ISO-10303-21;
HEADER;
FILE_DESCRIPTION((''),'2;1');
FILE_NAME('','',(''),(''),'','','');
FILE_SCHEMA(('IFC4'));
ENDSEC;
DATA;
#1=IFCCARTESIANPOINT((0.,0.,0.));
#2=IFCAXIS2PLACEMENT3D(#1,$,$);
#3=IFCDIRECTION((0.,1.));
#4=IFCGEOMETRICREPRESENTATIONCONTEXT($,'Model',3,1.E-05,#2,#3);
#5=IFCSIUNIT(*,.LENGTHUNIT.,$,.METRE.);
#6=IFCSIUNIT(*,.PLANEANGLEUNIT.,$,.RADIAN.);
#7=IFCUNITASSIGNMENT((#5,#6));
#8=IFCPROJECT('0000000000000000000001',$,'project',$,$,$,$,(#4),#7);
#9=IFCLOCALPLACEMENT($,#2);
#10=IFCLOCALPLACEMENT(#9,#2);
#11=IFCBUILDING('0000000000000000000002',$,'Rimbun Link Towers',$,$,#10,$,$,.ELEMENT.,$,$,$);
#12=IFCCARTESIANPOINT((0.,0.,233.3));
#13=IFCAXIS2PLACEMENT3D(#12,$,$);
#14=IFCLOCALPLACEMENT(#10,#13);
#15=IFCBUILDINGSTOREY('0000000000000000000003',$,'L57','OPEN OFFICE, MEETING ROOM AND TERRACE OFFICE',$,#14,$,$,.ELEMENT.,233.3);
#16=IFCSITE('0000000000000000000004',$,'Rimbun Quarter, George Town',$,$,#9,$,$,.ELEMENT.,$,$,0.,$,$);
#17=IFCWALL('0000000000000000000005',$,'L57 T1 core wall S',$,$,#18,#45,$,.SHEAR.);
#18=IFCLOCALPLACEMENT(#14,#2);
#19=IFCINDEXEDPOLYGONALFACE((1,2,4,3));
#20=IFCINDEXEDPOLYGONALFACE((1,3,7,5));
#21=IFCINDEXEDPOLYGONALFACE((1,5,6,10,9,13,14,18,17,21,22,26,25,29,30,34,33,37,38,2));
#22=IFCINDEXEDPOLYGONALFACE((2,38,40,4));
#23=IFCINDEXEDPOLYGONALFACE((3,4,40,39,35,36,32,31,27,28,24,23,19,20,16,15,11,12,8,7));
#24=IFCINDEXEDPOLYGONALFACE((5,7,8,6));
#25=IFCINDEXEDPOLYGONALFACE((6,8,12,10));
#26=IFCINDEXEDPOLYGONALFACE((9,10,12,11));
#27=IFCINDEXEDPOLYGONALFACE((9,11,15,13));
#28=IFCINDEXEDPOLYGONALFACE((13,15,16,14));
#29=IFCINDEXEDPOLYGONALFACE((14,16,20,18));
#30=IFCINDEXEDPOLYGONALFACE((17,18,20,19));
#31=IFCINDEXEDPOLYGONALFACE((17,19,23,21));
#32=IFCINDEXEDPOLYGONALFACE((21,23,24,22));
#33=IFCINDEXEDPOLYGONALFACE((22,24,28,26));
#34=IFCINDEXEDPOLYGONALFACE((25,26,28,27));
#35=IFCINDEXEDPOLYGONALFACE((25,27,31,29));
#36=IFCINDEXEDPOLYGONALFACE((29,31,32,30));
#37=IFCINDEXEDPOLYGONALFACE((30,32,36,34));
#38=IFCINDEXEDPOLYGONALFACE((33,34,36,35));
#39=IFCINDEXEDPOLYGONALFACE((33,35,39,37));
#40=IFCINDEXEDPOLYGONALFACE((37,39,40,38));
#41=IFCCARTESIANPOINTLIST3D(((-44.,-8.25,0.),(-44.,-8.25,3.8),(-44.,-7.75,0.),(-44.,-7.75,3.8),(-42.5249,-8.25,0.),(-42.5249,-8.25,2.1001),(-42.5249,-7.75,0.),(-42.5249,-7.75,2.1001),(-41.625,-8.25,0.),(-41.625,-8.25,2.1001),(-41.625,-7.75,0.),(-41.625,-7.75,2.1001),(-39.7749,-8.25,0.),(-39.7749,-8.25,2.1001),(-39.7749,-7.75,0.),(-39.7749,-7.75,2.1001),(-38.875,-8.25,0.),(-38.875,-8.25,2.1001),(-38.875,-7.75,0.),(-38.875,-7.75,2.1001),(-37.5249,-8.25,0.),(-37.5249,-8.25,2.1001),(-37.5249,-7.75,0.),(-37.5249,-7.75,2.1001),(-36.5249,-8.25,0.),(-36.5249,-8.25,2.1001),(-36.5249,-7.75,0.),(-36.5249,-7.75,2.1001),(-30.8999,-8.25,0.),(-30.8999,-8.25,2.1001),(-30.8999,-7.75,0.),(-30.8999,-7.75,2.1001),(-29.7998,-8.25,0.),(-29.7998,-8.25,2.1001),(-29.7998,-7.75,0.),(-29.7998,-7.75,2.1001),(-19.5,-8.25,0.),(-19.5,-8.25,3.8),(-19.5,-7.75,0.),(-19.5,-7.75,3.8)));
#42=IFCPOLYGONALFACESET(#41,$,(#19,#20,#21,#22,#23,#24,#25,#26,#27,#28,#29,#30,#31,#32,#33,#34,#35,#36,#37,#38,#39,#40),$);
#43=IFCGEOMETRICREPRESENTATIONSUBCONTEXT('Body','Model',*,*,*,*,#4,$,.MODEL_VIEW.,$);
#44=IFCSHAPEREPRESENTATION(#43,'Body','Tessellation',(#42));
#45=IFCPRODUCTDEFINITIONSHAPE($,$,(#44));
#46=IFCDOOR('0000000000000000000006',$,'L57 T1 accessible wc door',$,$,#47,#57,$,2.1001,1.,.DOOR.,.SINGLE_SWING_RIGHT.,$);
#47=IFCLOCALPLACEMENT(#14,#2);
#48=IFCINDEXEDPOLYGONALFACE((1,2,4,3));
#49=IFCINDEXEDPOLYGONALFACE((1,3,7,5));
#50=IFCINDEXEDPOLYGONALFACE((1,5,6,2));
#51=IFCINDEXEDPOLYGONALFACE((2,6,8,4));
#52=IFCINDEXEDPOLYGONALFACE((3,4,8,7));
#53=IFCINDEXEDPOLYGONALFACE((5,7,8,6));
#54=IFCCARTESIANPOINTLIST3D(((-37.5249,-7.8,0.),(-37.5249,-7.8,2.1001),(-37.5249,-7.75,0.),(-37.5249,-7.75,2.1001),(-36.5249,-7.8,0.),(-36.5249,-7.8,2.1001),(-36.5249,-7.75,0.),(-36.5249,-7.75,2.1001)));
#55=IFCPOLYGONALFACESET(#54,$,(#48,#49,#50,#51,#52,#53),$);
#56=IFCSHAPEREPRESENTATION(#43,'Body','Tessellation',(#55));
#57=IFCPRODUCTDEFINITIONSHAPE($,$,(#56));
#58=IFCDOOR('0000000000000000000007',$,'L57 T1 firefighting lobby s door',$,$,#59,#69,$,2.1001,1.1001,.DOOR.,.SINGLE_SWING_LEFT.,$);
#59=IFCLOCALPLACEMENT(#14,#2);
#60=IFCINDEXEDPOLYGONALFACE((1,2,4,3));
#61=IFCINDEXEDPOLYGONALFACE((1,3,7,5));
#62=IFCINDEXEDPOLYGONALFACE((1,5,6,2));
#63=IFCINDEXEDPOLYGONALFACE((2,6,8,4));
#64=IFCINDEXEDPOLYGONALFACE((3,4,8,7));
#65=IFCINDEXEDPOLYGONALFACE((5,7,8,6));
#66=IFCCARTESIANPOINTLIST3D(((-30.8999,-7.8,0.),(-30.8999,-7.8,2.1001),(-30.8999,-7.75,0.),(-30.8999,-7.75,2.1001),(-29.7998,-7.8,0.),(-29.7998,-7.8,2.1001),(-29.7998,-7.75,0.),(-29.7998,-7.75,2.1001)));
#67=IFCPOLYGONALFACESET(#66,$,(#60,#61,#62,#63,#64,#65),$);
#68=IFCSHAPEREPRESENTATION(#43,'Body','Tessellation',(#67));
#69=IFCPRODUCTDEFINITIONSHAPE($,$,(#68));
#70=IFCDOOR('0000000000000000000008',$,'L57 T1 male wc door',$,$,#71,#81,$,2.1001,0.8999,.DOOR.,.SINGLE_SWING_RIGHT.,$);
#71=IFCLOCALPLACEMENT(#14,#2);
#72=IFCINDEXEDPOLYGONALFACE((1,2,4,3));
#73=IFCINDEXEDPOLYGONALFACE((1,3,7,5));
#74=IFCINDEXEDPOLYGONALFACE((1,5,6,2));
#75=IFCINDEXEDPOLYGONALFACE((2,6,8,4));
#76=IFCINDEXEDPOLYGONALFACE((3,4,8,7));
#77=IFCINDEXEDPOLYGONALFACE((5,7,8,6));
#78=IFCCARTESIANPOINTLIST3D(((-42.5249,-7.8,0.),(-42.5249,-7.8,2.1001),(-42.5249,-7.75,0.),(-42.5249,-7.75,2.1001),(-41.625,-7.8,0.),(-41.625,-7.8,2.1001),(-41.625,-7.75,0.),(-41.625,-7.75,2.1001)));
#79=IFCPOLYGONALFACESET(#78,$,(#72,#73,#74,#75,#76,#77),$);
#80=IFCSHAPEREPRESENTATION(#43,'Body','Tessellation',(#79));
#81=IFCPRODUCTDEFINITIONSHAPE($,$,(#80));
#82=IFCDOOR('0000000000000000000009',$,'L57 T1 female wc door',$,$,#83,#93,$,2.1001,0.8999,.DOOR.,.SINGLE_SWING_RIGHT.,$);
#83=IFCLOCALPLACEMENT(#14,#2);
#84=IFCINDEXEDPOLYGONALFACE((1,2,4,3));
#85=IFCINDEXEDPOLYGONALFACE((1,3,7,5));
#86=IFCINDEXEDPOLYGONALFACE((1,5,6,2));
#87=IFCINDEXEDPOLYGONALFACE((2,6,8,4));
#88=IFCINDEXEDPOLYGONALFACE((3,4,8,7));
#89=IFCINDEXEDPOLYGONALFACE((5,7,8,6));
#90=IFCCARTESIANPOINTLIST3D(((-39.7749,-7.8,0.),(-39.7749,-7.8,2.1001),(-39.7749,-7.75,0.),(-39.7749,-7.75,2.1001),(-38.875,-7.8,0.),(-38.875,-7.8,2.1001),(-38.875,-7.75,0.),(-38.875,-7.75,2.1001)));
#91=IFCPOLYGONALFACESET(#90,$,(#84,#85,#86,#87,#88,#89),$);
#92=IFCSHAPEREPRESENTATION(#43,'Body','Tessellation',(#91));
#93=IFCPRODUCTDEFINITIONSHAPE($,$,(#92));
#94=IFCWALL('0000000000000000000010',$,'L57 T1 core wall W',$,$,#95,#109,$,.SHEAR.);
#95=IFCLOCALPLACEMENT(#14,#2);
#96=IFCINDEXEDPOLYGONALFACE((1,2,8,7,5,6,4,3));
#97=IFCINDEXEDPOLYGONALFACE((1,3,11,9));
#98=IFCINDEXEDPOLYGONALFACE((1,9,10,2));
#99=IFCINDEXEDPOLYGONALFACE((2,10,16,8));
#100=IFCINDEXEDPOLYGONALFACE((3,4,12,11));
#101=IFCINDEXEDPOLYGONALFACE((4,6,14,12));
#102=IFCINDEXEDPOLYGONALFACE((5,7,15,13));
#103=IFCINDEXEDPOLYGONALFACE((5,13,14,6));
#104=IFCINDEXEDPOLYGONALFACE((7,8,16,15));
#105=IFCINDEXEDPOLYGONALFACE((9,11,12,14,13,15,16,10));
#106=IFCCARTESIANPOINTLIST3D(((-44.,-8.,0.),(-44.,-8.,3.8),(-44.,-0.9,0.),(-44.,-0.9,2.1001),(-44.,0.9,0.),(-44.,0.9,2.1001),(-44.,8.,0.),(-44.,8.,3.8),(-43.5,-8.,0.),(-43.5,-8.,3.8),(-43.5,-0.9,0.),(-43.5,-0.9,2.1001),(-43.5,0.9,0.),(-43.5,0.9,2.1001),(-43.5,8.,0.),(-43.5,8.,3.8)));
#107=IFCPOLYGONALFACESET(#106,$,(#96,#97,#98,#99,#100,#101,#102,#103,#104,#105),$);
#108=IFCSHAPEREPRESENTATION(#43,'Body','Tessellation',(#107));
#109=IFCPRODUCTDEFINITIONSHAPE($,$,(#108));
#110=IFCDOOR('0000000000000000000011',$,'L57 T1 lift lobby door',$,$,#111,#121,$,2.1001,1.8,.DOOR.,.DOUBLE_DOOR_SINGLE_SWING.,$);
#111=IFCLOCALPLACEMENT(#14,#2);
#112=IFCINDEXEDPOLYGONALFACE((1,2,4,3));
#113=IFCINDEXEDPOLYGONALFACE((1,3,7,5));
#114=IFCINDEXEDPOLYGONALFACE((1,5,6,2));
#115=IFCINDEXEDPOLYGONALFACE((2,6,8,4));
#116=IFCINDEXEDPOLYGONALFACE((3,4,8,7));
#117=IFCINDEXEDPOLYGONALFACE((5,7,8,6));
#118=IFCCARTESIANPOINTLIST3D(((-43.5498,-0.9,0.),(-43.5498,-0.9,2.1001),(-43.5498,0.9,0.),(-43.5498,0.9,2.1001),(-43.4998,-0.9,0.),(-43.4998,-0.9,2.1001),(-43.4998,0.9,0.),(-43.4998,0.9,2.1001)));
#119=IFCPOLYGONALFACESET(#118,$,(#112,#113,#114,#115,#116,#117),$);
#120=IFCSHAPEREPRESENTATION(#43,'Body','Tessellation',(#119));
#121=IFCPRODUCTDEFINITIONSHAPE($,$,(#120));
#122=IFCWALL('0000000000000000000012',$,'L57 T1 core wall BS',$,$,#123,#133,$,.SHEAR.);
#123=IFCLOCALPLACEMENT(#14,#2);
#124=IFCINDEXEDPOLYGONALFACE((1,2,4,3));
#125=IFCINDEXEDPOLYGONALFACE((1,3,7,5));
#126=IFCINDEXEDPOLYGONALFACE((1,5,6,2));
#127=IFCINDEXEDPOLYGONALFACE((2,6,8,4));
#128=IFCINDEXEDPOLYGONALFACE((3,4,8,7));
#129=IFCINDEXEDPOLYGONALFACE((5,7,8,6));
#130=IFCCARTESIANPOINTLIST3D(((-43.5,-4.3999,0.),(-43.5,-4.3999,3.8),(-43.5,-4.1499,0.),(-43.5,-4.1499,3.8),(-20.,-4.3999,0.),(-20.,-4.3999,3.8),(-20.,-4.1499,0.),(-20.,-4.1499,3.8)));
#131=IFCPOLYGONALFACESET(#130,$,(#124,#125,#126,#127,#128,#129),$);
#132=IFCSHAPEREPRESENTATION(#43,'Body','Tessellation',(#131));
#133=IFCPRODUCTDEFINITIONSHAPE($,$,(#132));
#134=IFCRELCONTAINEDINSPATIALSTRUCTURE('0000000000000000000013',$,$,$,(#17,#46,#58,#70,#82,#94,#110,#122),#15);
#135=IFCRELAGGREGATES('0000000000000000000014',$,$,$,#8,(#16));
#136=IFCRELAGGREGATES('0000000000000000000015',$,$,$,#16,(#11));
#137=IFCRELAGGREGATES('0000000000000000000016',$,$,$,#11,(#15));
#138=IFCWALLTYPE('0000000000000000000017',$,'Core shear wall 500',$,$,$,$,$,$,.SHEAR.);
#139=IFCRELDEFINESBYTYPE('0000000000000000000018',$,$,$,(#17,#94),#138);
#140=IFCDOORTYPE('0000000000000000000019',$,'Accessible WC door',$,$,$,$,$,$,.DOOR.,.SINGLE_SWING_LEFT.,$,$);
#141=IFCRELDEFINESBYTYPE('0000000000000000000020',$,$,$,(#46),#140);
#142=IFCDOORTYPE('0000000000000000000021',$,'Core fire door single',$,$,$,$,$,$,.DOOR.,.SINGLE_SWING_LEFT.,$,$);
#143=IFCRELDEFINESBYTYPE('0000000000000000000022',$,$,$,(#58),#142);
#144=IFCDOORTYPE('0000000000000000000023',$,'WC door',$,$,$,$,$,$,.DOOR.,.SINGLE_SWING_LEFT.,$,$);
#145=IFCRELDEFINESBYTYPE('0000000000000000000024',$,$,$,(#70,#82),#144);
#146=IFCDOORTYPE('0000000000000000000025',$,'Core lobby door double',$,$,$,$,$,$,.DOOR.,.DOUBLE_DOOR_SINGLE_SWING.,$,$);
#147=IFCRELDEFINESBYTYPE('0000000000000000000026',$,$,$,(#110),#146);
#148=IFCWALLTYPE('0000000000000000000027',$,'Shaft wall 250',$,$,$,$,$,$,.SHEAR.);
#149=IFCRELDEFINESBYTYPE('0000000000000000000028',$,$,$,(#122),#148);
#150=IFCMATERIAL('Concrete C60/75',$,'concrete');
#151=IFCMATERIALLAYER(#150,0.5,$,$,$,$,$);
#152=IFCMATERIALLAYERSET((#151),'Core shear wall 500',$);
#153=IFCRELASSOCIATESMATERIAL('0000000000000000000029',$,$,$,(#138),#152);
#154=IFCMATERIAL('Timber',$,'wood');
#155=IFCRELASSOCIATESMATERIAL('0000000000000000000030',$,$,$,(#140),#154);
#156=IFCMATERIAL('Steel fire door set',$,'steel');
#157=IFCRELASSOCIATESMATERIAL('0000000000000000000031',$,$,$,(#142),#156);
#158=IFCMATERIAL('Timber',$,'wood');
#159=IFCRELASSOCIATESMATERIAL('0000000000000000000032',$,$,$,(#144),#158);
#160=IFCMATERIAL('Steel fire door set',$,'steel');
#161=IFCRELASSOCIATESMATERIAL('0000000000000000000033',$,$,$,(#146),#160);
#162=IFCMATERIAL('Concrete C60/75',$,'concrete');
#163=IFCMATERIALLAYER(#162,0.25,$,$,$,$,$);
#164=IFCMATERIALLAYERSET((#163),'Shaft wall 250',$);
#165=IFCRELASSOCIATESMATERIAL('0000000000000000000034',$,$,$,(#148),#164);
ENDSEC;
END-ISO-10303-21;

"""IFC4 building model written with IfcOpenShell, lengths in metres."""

from ifc_helpers import new_model, si_unit, direction, frame, frame_2d, origin, place, context, subcontext, project, spatial, rectangle, extrude, material, layer, layer_set, type_object, element, fill, save


model = new_model("IFC4")

# Units and contexts
model_context = context("Model", 3, precision=1e-05, world=origin(), true_north=direction((0.0, 1.0)))
body_context = subcontext(model_context, "Body", "Model", "MODEL_VIEW")
ifc_project = project(units=[si_unit("LENGTHUNIT", "METRE"), si_unit("PLANEANGLEUNIT", "RADIAN")], contexts=[model_context])

# Site, building, storey
site_placement = place(None, origin())
site = spatial("IfcSite", under=ifc_project, at=site_placement, Name="Rimbun Quarter, George Town", CompositionType="ELEMENT", RefElevation=0.0)
building_placement = place(site_placement, origin())
building = spatial("IfcBuilding", under=site, at=building_placement, Name="Rimbun Link Towers", CompositionType="ELEMENT")
storey_placement = place(building_placement, frame((0.0, 0.0, 233.3)))
storey = spatial("IfcBuildingStorey", under=building, at=storey_placement, Name="L57", Description="OPEN OFFICE, MEETING ROOM AND TERRACE OFFICE", CompositionType="ELEMENT", Elevation=233.3)

# Wall, openings, doors
ifc_material_1 = material(Name="Concrete C60/75", Category="concrete")
ifc_layer_1 = layer(ifc_material_1, 0.5)
ifc_layer_set_1 = layer_set([ifc_layer_1], Name="Core shear wall 500")
wall_type_1 = type_object("IfcWallType", Name="Core shear wall 500", PredefinedType="SHEAR", material=ifc_layer_set_1)
wall_1_placement = place(storey_placement, frame((-44.0, -8.0, 0.0), z_axis=(0.0, 0.0, 1.0), x_axis=(1.0, 0.0, 0.0)))
wall_1 = element("IfcWall", 1, at=wall_1_placement, inside=storey, type_object=wall_type_1, Name="L57 T1 core wall S", PredefinedType="SHEAR", context=body_context, shape_type="SweptSolid", body=[
    extrude(rectangle(XDim=24.5, YDim=0.5, at=frame_2d((12.25, 0.0))), origin(), (0.0, 0.0, 1.0), 3.8),
])
opening_1_placement = place(wall_1_placement, frame((13.1001, 0.0, 0.0)))
opening_1 = element("IfcOpeningElement", 2, at=opening_1_placement, cuts=wall_1, PredefinedType="OPENING", context=body_context, shape_type="SweptSolid", body=[
    extrude(rectangle(XDim=1.1001, YDim=2.1001, at=frame_2d((0.55, 1.05))), frame((0.0, 0.26, 0.0), z_axis=(0.0, -1.0, 0.0), x_axis=(1.0, 0.0, 0.0)), (0.0, 0.0, 1.0), 0.52),
])
opening_2_placement = place(wall_1_placement, frame((1.4751, 0.0, 0.0)))
opening_2 = element("IfcOpeningElement", 3, at=opening_2_placement, cuts=wall_1, PredefinedType="OPENING", context=body_context, shape_type="SweptSolid", body=[
    extrude(rectangle(XDim=0.8999, YDim=2.1001, at=frame_2d((0.45, 1.05))), frame((0.0, 0.26, 0.0), z_axis=(0.0, -1.0, 0.0), x_axis=(1.0, 0.0, 0.0)), (0.0, 0.0, 1.0), 0.52),
])
opening_3_placement = place(wall_1_placement, frame((4.2251, 0.0, 0.0)))
opening_3 = element("IfcOpeningElement", 4, at=opening_3_placement, cuts=wall_1, PredefinedType="OPENING", context=body_context, shape_type="SweptSolid", body=[
    extrude(rectangle(XDim=0.8999, YDim=2.1001, at=frame_2d((0.45, 1.05))), frame((0.0, 0.26, 0.0), z_axis=(0.0, -1.0, 0.0), x_axis=(1.0, 0.0, 0.0)), (0.0, 0.0, 1.0), 0.52),
])
opening_4_placement = place(wall_1_placement, frame((6.4751, 0.0, 0.0)))
opening_4 = element("IfcOpeningElement", 5, at=opening_4_placement, cuts=wall_1, PredefinedType="OPENING", context=body_context, shape_type="SweptSolid", body=[
    extrude(rectangle(XDim=1.0, YDim=2.1001, at=frame_2d((0.5, 1.05))), frame((0.0, 0.26, 0.0), z_axis=(0.0, -1.0, 0.0), x_axis=(1.0, 0.0, 0.0)), (0.0, 0.0, 1.0), 0.52),
])
ifc_material_2 = material(Name="Timber", Category="wood")
door_type_1 = type_object("IfcDoorType", Name="Accessible WC door", OperationType="SINGLE_SWING_LEFT", PredefinedType="DOOR", material=ifc_material_2)
door_1_placement = place(opening_4_placement, origin())
door_1 = element("IfcDoor", 6, at=door_1_placement, inside=storey, type_object=door_type_1, Name="L57 T1 accessible wc door", OperationType="SINGLE_SWING_RIGHT", OverallHeight=2.1001, OverallWidth=1.0, PredefinedType="DOOR", context=body_context, shape_type="SweptSolid", body=[
    extrude(rectangle(XDim=1.0, YDim=2.1001, at=frame_2d((0.5, 1.05))), frame((0.0, 0.25, 0.0), z_axis=(0.0, -1.0, 0.0), x_axis=(1.0, 0.0, 0.0)), (0.0, 0.0, 1.0), 0.05),
])
fill(opening_4, door_1)
ifc_material_3 = material(Name="Steel fire door set", Category="steel")
door_type_2 = type_object("IfcDoorType", Name="Core fire door single", OperationType="SINGLE_SWING_LEFT", PredefinedType="DOOR", material=ifc_material_3)
door_2_placement = place(opening_1_placement, origin())
door_2 = element("IfcDoor", 7, at=door_2_placement, inside=storey, type_object=door_type_2, Name="L57 T1 firefighting lobby s door", OperationType="SINGLE_SWING_LEFT", OverallHeight=2.1001, OverallWidth=1.1001, PredefinedType="DOOR", context=body_context, shape_type="SweptSolid", body=[
    extrude(rectangle(XDim=1.1001, YDim=2.1001, at=frame_2d((0.55, 1.05))), frame((0.0, 0.25, 0.0), z_axis=(0.0, -1.0, 0.0), x_axis=(1.0, 0.0, 0.0)), (0.0, 0.0, 1.0), 0.05),
])
fill(opening_1, door_2)
ifc_material_4 = material(Name="Timber", Category="wood")
door_type_3 = type_object("IfcDoorType", Name="WC door", OperationType="SINGLE_SWING_LEFT", PredefinedType="DOOR", material=ifc_material_4)
door_3_placement = place(opening_2_placement, origin())
door_3 = element("IfcDoor", 8, at=door_3_placement, inside=storey, type_object=door_type_3, Name="L57 T1 male wc door", OperationType="SINGLE_SWING_RIGHT", OverallHeight=2.1001, OverallWidth=0.8999, PredefinedType="DOOR", context=body_context, shape_type="SweptSolid", body=[
    extrude(rectangle(XDim=0.8999, YDim=2.1001, at=frame_2d((0.45, 1.05))), frame((0.0, 0.25, 0.0), z_axis=(0.0, -1.0, 0.0), x_axis=(1.0, 0.0, 0.0)), (0.0, 0.0, 1.0), 0.05),
])
fill(opening_2, door_3)
door_4_placement = place(opening_3_placement, origin())
door_4 = element("IfcDoor", 9, at=door_4_placement, inside=storey, type_object=door_type_3, Name="L57 T1 female wc door", OperationType="SINGLE_SWING_RIGHT", OverallHeight=2.1001, OverallWidth=0.8999, PredefinedType="DOOR", context=body_context, shape_type="SweptSolid", body=[
    extrude(rectangle(XDim=0.8999, YDim=2.1001, at=frame_2d((0.45, 1.05))), frame((0.0, 0.25, 0.0), z_axis=(0.0, -1.0, 0.0), x_axis=(1.0, 0.0, 0.0)), (0.0, 0.0, 1.0), 0.05),
])
fill(opening_3, door_4)

# Wall, opening, door
wall_2_placement = place(storey_placement, frame((-43.75, -8.0, 0.0), z_axis=(0.0, 0.0, 1.0), x_axis=(0.0, 1.0, 0.0)))
wall_2 = element("IfcWall", 10, at=wall_2_placement, inside=storey, type_object=wall_type_1, Name="L57 T1 core wall W", PredefinedType="SHEAR", context=body_context, shape_type="SweptSolid", body=[
    extrude(rectangle(XDim=16.0, YDim=0.5, at=frame_2d((8.0, 0.0))), origin(), (0.0, 0.0, 1.0), 3.8),
])
opening_5_placement = place(wall_2_placement, frame((7.1001, 0.0, 0.0)))
opening_5 = element("IfcOpeningElement", 11, at=opening_5_placement, cuts=wall_2, PredefinedType="OPENING", context=body_context, shape_type="SweptSolid", body=[
    extrude(rectangle(XDim=1.8, YDim=2.1001, at=frame_2d((0.8999, 1.05))), frame((0.0, 0.26, 0.0), z_axis=(0.0, -1.0, 0.0), x_axis=(1.0, 0.0, 0.0)), (0.0, 0.0, 1.0), 0.52),
])
ifc_material_5 = material(Name="Steel fire door set", Category="steel")
door_type_4 = type_object("IfcDoorType", Name="Core lobby door double", OperationType="DOUBLE_DOOR_SINGLE_SWING", PredefinedType="DOOR", material=ifc_material_5)
door_5_placement = place(opening_5_placement, origin())
door_5 = element("IfcDoor", 12, at=door_5_placement, inside=storey, type_object=door_type_4, Name="L57 T1 lift lobby door", OperationType="DOUBLE_DOOR_SINGLE_SWING", OverallHeight=2.1001, OverallWidth=1.8, PredefinedType="DOOR", context=body_context, shape_type="SweptSolid", body=[
    extrude(rectangle(XDim=1.8, YDim=2.1001, at=frame_2d((0.8999, 1.05))), frame((0.0, -0.2002, 0.0), z_axis=(0.0, -1.0, 0.0), x_axis=(1.0, 0.0, 0.0)), (0.0, 0.0, 1.0), 0.05),
])
fill(opening_5, door_5)

# Wall
ifc_material_6 = material(Name="Concrete C60/75", Category="concrete")
ifc_layer_2 = layer(ifc_material_6, 0.25)
ifc_layer_set_2 = layer_set([ifc_layer_2], Name="Shaft wall 250")
wall_type_2 = type_object("IfcWallType", Name="Shaft wall 250", PredefinedType="SHEAR", material=ifc_layer_set_2)
wall_3_placement = place(storey_placement, frame((-43.5, -4.2749, 0.0), z_axis=(0.0, 0.0, 1.0), x_axis=(1.0, 0.0, 0.0)))
element("IfcWall", 13, at=wall_3_placement, inside=storey, type_object=wall_type_2, Name="L57 T1 core wall BS", PredefinedType="SHEAR", context=body_context, shape_type="SweptSolid", body=[
    extrude(rectangle(XDim=23.5, YDim=0.25, at=frame_2d((11.75, 0.0))), origin(), (0.0, 0.0, 1.0), 3.8),
])

save(model, "model.ifc")
